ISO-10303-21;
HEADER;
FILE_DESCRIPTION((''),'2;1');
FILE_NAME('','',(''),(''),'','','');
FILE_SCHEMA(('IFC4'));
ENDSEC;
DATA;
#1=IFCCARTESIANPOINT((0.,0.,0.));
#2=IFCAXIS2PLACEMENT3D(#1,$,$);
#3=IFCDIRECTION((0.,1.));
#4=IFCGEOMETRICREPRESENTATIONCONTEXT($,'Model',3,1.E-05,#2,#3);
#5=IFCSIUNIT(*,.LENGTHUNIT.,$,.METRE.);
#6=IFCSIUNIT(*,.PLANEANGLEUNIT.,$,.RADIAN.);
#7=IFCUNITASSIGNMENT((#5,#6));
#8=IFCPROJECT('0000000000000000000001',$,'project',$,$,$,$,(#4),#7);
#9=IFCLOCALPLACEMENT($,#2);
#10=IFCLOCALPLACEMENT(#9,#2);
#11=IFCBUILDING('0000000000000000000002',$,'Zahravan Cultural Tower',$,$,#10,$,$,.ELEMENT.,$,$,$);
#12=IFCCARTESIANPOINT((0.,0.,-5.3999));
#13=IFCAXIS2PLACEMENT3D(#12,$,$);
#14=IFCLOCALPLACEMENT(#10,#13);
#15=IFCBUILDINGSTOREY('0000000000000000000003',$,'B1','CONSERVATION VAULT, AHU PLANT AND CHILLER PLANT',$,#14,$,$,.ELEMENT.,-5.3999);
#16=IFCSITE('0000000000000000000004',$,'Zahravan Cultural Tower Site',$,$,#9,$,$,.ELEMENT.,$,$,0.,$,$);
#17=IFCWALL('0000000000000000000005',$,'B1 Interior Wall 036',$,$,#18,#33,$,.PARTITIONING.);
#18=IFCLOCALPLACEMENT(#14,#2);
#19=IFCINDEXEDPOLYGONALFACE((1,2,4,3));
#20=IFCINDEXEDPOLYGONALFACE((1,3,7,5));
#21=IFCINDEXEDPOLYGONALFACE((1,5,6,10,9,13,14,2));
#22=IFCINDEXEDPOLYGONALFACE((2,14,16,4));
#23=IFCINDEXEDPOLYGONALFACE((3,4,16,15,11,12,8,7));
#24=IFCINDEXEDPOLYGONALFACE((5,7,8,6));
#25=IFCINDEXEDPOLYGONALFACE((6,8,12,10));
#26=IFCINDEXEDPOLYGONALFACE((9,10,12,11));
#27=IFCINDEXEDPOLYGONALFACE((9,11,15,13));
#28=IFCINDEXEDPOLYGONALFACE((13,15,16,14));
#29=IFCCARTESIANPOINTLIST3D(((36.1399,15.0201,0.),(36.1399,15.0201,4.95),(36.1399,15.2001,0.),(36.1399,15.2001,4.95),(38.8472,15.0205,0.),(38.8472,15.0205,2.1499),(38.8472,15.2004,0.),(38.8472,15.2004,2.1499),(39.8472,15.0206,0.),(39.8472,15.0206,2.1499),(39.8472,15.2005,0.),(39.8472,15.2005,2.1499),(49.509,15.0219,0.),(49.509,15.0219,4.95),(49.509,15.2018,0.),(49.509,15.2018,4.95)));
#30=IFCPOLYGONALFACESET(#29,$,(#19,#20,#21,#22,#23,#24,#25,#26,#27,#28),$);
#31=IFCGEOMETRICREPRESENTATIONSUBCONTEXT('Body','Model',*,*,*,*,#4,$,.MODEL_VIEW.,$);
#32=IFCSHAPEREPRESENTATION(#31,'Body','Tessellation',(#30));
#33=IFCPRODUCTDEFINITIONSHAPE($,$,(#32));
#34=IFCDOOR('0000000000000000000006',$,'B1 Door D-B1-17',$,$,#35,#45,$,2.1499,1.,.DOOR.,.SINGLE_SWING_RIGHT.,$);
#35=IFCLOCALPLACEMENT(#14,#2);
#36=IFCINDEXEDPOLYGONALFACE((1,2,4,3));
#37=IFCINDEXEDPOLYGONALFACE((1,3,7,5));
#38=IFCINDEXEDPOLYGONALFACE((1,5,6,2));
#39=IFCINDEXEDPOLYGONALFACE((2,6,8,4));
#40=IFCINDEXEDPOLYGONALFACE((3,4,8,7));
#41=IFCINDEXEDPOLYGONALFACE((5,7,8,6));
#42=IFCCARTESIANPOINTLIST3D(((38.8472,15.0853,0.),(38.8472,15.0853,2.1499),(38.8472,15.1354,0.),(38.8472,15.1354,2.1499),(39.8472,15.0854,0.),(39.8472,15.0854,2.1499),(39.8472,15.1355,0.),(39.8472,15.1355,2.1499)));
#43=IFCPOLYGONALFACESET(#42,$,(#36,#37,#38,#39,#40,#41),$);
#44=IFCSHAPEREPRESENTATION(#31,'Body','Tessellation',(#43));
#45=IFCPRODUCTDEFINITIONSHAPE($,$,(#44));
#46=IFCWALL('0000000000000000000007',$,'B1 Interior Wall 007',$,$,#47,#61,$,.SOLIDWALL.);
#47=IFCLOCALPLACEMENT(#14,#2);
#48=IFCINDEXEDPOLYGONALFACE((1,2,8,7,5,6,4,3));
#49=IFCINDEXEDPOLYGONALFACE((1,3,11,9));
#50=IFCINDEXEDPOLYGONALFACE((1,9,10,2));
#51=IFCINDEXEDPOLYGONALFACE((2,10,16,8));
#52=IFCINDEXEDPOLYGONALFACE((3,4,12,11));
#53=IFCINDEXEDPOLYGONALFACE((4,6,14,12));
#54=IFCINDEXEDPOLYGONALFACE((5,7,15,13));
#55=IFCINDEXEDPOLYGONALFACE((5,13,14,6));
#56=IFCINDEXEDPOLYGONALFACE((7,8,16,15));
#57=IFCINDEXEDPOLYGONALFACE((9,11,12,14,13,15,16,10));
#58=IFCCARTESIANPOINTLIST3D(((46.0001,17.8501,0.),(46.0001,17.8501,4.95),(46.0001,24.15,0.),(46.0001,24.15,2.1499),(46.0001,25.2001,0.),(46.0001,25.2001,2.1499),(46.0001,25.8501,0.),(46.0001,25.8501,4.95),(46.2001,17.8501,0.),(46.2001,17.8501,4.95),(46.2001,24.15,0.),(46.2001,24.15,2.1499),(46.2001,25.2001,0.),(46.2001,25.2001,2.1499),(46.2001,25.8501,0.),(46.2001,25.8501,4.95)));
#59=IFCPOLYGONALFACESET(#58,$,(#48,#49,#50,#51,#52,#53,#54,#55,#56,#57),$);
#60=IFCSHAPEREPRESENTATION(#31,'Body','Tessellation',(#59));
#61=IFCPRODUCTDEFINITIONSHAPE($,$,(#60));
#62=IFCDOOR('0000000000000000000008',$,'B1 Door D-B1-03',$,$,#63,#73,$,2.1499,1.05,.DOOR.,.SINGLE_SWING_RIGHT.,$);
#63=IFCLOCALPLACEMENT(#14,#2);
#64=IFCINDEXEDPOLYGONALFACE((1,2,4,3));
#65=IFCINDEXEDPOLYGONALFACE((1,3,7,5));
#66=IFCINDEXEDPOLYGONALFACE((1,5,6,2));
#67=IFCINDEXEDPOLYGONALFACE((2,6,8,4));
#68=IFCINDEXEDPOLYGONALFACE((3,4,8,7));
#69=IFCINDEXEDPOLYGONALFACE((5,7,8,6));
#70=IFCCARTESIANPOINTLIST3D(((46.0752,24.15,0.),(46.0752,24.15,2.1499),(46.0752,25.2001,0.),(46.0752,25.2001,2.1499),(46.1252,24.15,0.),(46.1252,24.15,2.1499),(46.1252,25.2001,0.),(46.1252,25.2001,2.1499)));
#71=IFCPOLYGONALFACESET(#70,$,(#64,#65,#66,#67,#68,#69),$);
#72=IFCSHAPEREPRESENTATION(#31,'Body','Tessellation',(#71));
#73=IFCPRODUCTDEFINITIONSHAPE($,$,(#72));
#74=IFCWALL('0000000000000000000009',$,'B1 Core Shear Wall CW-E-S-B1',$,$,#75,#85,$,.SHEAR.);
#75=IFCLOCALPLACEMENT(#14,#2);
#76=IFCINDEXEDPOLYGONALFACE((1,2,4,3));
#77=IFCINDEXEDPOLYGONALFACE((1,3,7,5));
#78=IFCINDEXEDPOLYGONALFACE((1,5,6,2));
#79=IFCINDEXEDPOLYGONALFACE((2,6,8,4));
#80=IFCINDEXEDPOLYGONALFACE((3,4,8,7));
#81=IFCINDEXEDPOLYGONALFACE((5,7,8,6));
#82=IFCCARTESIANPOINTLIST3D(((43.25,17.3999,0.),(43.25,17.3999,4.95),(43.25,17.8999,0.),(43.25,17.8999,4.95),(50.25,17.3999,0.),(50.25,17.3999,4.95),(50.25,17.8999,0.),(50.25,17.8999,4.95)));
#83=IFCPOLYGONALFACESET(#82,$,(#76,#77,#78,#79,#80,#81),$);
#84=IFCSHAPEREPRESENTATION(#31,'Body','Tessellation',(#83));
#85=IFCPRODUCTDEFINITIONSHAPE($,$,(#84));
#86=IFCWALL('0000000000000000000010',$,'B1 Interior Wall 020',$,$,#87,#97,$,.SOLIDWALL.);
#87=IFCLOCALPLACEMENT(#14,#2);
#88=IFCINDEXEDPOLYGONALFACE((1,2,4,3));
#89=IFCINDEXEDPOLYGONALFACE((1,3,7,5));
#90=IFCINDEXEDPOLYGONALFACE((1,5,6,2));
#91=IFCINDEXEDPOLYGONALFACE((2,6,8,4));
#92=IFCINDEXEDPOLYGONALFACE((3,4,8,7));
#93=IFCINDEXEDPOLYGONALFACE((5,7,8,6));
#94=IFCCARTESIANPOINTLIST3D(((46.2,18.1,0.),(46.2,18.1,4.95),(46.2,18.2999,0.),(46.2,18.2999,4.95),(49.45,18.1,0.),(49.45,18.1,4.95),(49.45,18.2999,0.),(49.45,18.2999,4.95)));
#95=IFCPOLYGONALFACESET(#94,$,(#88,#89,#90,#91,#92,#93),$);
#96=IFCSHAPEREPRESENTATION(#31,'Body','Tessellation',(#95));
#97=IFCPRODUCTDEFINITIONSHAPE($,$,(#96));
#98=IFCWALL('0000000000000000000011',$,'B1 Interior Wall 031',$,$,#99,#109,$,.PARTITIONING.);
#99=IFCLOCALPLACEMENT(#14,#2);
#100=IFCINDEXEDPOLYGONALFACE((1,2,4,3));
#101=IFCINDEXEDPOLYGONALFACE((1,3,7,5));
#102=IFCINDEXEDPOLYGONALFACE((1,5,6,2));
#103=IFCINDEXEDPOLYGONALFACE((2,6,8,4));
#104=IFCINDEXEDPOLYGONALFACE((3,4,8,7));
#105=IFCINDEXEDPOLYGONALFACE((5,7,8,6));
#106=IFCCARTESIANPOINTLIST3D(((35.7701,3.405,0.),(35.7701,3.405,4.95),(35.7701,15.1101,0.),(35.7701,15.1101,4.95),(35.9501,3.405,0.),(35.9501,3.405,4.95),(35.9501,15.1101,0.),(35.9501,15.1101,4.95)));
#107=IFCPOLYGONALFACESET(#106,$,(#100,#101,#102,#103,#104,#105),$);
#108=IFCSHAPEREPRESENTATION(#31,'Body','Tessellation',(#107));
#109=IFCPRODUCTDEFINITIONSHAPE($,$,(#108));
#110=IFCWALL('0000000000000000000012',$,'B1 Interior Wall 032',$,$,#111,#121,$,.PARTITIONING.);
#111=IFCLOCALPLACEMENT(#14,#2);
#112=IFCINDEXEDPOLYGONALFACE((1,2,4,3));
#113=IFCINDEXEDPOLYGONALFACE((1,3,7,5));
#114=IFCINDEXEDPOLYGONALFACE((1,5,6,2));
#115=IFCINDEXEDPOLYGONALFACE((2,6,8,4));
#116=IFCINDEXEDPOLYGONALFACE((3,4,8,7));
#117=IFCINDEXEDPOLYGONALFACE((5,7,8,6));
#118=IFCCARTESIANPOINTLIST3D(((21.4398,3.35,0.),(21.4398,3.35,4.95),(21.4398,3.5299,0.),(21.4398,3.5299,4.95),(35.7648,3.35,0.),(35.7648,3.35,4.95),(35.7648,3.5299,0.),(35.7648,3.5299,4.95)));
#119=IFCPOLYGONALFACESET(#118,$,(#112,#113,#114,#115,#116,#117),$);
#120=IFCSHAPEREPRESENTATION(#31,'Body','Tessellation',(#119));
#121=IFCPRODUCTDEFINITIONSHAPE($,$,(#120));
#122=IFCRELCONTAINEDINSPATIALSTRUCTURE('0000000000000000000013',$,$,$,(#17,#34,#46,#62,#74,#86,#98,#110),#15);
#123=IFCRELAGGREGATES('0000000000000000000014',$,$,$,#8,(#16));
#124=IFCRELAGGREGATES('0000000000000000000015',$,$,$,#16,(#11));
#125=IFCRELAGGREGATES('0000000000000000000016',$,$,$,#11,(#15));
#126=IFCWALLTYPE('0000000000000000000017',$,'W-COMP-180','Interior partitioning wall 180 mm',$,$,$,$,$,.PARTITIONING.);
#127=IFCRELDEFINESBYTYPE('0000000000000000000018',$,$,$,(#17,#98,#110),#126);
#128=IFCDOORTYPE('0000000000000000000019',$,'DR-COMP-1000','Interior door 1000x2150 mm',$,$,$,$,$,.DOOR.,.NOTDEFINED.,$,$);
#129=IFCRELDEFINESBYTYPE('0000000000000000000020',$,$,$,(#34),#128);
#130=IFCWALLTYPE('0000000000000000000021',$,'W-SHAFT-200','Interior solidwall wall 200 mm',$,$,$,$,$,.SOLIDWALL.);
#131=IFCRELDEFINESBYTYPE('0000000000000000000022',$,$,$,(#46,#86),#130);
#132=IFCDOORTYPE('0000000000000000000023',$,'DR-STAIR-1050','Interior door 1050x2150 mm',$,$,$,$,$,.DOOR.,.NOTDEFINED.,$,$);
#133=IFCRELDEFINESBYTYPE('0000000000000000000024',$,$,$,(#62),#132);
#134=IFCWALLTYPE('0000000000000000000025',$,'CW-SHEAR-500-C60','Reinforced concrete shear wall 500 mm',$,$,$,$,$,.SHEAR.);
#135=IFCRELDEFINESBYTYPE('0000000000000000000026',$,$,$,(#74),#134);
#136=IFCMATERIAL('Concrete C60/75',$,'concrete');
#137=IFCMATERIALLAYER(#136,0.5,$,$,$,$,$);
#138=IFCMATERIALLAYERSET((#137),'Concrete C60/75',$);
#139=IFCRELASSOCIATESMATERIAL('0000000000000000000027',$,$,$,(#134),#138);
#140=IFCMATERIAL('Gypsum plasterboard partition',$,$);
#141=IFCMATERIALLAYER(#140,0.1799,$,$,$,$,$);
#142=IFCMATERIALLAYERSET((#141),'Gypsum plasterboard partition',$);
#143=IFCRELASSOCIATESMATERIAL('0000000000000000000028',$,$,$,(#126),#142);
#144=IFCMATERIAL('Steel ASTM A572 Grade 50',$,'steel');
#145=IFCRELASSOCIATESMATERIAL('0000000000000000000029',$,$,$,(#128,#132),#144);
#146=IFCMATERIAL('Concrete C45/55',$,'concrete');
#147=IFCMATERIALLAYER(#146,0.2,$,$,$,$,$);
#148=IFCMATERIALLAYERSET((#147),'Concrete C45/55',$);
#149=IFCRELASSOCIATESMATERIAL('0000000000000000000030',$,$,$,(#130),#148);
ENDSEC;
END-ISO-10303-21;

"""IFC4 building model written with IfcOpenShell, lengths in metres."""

from ifc_helpers import new_model, si_unit, direction, frame, frame_2d, origin, place, context, subcontext, project, spatial, rectangle, extrude, source, transform, mapped, material, layer, layer_set, type_object, element, fill, save


model = new_model("IFC4")

# Units and contexts
model_context = context("Model", 3, precision=1e-05, world=origin(), true_north=direction((0.0, 1.0)))
body_context = subcontext(model_context, "Body", "Model", "MODEL_VIEW")
ifc_project = project(units=[si_unit("LENGTHUNIT", "METRE"), si_unit("PLANEANGLEUNIT", "RADIAN")], contexts=[model_context])

# Site, building, storey
site_placement = place(None, origin())
site = spatial("IfcSite", under=ifc_project, at=site_placement, Name="Zahravan Cultural Tower Site", CompositionType="ELEMENT", RefElevation=0.0)
building_placement = place(site_placement, origin())
building = spatial("IfcBuilding", under=site, at=building_placement, Name="Zahravan Cultural Tower", CompositionType="ELEMENT")
storey_placement = place(building_placement, frame((0.0, 0.0, -5.3999)))
storey = spatial("IfcBuildingStorey", under=building, at=storey_placement, Name="B1", Description="CONSERVATION VAULT, AHU PLANT AND CHILLER PLANT", CompositionType="ELEMENT", Elevation=-5.3999)

# Shared definitions
ifc_material_1 = material(Name="Concrete C45/55", Category="concrete")

# Shared definitions
ifc_material_2 = material(Name="Concrete C60/75", Category="concrete")
ifc_material_3 = material(Name="Steel ASTM A572 Grade 50", Category="steel")

# Shared definitions
ifc_layer_1 = layer(ifc_material_2, 0.5)
ifc_layer_set_1 = layer_set([ifc_layer_1], Name="Concrete C60/75")
wall_type_1 = type_object("IfcWallType", Name="CW-SHEAR-500-C60", Description="Reinforced concrete shear wall 500 mm", PredefinedType="SHEAR", material=ifc_layer_set_1)

# Walls, openings, doors
ifc_material_4 = material(Name="Gypsum plasterboard partition")
ifc_layer_2 = layer(ifc_material_4, 0.1799)
ifc_layer_set_2 = layer_set([ifc_layer_2], Name="Gypsum plasterboard partition")
wall_type_2 = type_object("IfcWallType", Name="W-COMP-180", Description="Interior partitioning wall 180 mm", PredefinedType="PARTITIONING", material=ifc_layer_set_2)
wall_1_placement = place(storey_placement, frame((36.1399, 15.1101, 0.0), z_axis=(0.0, 0.0, 1.0), x_axis=(1.0, 0.000128, 0.0)))
wall_1 = element("IfcWall", 1, at=wall_1_placement, inside=storey, type_object=wall_type_2, Name="B1 Interior Wall 036", PredefinedType="PARTITIONING", context=body_context, shape_type="SweptSolid", body=[
    extrude(rectangle(XDim=13.3691, YDim=0.1799, at=frame_2d((6.6846, 0.0))), origin(), (0.0, 0.0, 1.0), 4.95),
])
opening_1_placement = place(wall_1_placement, frame((2.7073, 0.0, 0.0)))
opening_1 = element("IfcOpeningElement", 2, at=opening_1_placement, cuts=wall_1, PredefinedType="OPENING", context=body_context, shape_type="SweptSolid", body=[
    extrude(rectangle(XDim=1.0, YDim=2.1499, at=frame_2d((0.5, 1.075))), frame((0.0, 0.0999, 0.0), z_axis=(0.0, -1.0, 0.0), x_axis=(1.0, 0.0, 0.0)), (0.0, 0.0, 1.0), 0.2),
])
door_type_1 = type_object("IfcDoorType", Name="DR-COMP-1000", Description="Interior door 1000x2150 mm", OperationType="NOTDEFINED", PredefinedType="DOOR", material=ifc_material_3)
shared_shape_1 = source(origin(), body_context, "Body", "SweptSolid", [
    extrude(rectangle(XDim=1.0, YDim=2.1499, at=frame_2d((0.5, 1.075))), frame((0.0, 0.0249, 0.0), z_axis=(0.0, -1.0, 0.0), x_axis=(1.0, 0.0, 0.0)), (0.0, 0.0, 1.0), 0.05),
])
door_1_placement = place(opening_1_placement, origin())
door_1 = element("IfcDoor", 3, at=door_1_placement, inside=storey, type_object=door_type_1, Name="B1 Door D-B1-17", OperationType="SINGLE_SWING_RIGHT", OverallHeight=2.1499, OverallWidth=1.0, PredefinedType="DOOR", context=body_context, shape_type="MappedRepresentation", body=[
    mapped(shared_shape_1, transform((0.0, 0.0, 0.0), x_axis=(1.0, 0.0, 0.0), y_axis=(0.0, 1.0, 0.0), z_axis=(0.0, 0.0, 1.0), scale=1.0)),
])
fill(opening_1, door_1)
ifc_layer_3 = layer(ifc_material_1, 0.2)
ifc_layer_set_3 = layer_set([ifc_layer_3], Name="Concrete C45/55")
wall_type_3 = type_object("IfcWallType", Name="W-SHAFT-200", Description="Interior solidwall wall 200 mm", PredefinedType="SOLIDWALL", material=ifc_layer_set_3)
wall_2_placement = place(storey_placement, frame((46.1001, 17.8501, 0.0), z_axis=(0.0, 0.0, 1.0), x_axis=(0.0, 1.0, 0.0)))
wall_2 = element("IfcWall", 4, at=wall_2_placement, inside=storey, type_object=wall_type_3, Name="B1 Interior Wall 007", PredefinedType="SOLIDWALL", context=body_context, shape_type="SweptSolid", body=[
    extrude(rectangle(XDim=8.0, YDim=0.2, at=frame_2d((4.0, 0.0))), origin(), (0.0, 0.0, 1.0), 4.95),
])
opening_2_placement = place(wall_2_placement, frame((6.3, 0.0, 0.0)))
opening_2 = element("IfcOpeningElement", 5, at=opening_2_placement, cuts=wall_2, PredefinedType="OPENING", context=body_context, shape_type="SweptSolid", body=[
    extrude(rectangle(XDim=1.05, YDim=2.1499, at=frame_2d((0.5249, 1.075))), frame((0.0, 0.1099, 0.0), z_axis=(0.0, -1.0, 0.0), x_axis=(1.0, 0.0, 0.0)), (0.0, 0.0, 1.0), 0.22),
])
door_type_2 = type_object("IfcDoorType", Name="DR-STAIR-1050", Description="Interior door 1050x2150 mm", OperationType="NOTDEFINED", PredefinedType="DOOR", material=ifc_material_3)
shared_shape_2 = source(origin(), body_context, "Body", "SweptSolid", [
    extrude(rectangle(XDim=1.05, YDim=2.1499, at=frame_2d((0.5249, 1.075))), frame((0.0, 0.0249, 0.0), z_axis=(0.0, -1.0, 0.0), x_axis=(1.0, 0.0, 0.0)), (0.0, 0.0, 1.0), 0.05),
])
door_2_placement = place(opening_2_placement, origin())
door_2 = element("IfcDoor", 6, at=door_2_placement, inside=storey, type_object=door_type_2, Name="B1 Door D-B1-03", OperationType="SINGLE_SWING_RIGHT", OverallHeight=2.1499, OverallWidth=1.05, PredefinedType="DOOR", context=body_context, shape_type="MappedRepresentation", body=[
    mapped(shared_shape_2, transform((0.0, 0.0, 0.0), x_axis=(1.0, 0.0, 0.0), y_axis=(0.0, 1.0, 0.0), z_axis=(0.0, 0.0, 1.0), scale=1.0)),
])
fill(opening_2, door_2)

# Walls
shared_shape_3 = source(origin(), body_context, "Body", "SweptSolid", [
    extrude(rectangle(XDim=7.0, YDim=0.5, at=frame_2d((3.5, 0.0))), origin(), (0.0, 0.0, 1.0), 4.95),
])
wall_3_placement = place(storey_placement, frame((43.25, 17.6499, 0.0), z_axis=(0.0, 0.0, 1.0), x_axis=(1.0, 0.0, 0.0)))
element("IfcWall", 7, at=wall_3_placement, inside=storey, type_object=wall_type_1, Name="B1 Core Shear Wall CW-E-S-B1", PredefinedType="SHEAR", context=body_context, shape_type="MappedRepresentation", body=[
    mapped(shared_shape_3, transform((0.0, 0.0, 0.0), x_axis=(1.0, 0.0, 0.0), y_axis=(0.0, 1.0, 0.0), z_axis=(0.0, 0.0, 1.0), scale=1.0)),
])
shared_shape_4 = source(origin(), body_context, "Body", "SweptSolid", [
    extrude(rectangle(XDim=3.25, YDim=0.2, at=frame_2d((1.625, 0.0))), origin(), (0.0, 0.0, 1.0), 4.95),
])
wall_4_placement = place(storey_placement, frame((46.2, 18.2, 0.0), z_axis=(0.0, 0.0, 1.0), x_axis=(1.0, 0.0, 0.0)))
element("IfcWall", 8, at=wall_4_placement, inside=storey, type_object=wall_type_3, Name="B1 Interior Wall 020", PredefinedType="SOLIDWALL", context=body_context, shape_type="MappedRepresentation", body=[
    mapped(shared_shape_4, transform((0.0, 0.0, 0.0), x_axis=(1.0, 0.0, 0.0), y_axis=(0.0, 1.0, 0.0), z_axis=(0.0, 0.0, 1.0), scale=1.0)),
])
shared_shape_5 = source(origin(), body_context, "Body", "SweptSolid", [
    extrude(rectangle(XDim=11.7051, YDim=0.1799, at=frame_2d((5.8525, 0.0))), origin(), (0.0, 0.0, 1.0), 4.95),
])
wall_5_placement = place(storey_placement, frame((35.8601, 15.1101, 0.0), z_axis=(0.0, 0.0, 1.0), x_axis=(0.0, -1.0, 0.0)))
element("IfcWall", 9, at=wall_5_placement, inside=storey, type_object=wall_type_2, Name="B1 Interior Wall 031", PredefinedType="PARTITIONING", context=body_context, shape_type="MappedRepresentation", body=[
    mapped(shared_shape_5, transform((0.0, 0.0, 0.0), x_axis=(1.0, 0.0, 0.0), y_axis=(0.0, 1.0, 0.0), z_axis=(0.0, 0.0, 1.0), scale=1.0)),
])
shared_shape_6 = source(origin(), body_context, "Body", "SweptSolid", [
    extrude(rectangle(XDim=14.325, YDim=0.1799, at=frame_2d((7.1626, 0.0))), origin(), (0.0, 0.0, 1.0), 4.95),
])
wall_6_placement = place(storey_placement, frame((35.7649, 3.4399, 0.0), z_axis=(0.0, 0.0, 1.0), x_axis=(-1.0, 0.0, 0.0)))
element("IfcWall", 10, at=wall_6_placement, inside=storey, type_object=wall_type_2, Name="B1 Interior Wall 032", PredefinedType="PARTITIONING", context=body_context, shape_type="MappedRepresentation", body=[
    mapped(shared_shape_6, transform((0.0, 0.0, 0.0), x_axis=(1.0, 0.0, 0.0), y_axis=(0.0, 1.0, 0.0), z_axis=(0.0, 0.0, 1.0), scale=1.0)),
])

save(model, "model.ifc")
